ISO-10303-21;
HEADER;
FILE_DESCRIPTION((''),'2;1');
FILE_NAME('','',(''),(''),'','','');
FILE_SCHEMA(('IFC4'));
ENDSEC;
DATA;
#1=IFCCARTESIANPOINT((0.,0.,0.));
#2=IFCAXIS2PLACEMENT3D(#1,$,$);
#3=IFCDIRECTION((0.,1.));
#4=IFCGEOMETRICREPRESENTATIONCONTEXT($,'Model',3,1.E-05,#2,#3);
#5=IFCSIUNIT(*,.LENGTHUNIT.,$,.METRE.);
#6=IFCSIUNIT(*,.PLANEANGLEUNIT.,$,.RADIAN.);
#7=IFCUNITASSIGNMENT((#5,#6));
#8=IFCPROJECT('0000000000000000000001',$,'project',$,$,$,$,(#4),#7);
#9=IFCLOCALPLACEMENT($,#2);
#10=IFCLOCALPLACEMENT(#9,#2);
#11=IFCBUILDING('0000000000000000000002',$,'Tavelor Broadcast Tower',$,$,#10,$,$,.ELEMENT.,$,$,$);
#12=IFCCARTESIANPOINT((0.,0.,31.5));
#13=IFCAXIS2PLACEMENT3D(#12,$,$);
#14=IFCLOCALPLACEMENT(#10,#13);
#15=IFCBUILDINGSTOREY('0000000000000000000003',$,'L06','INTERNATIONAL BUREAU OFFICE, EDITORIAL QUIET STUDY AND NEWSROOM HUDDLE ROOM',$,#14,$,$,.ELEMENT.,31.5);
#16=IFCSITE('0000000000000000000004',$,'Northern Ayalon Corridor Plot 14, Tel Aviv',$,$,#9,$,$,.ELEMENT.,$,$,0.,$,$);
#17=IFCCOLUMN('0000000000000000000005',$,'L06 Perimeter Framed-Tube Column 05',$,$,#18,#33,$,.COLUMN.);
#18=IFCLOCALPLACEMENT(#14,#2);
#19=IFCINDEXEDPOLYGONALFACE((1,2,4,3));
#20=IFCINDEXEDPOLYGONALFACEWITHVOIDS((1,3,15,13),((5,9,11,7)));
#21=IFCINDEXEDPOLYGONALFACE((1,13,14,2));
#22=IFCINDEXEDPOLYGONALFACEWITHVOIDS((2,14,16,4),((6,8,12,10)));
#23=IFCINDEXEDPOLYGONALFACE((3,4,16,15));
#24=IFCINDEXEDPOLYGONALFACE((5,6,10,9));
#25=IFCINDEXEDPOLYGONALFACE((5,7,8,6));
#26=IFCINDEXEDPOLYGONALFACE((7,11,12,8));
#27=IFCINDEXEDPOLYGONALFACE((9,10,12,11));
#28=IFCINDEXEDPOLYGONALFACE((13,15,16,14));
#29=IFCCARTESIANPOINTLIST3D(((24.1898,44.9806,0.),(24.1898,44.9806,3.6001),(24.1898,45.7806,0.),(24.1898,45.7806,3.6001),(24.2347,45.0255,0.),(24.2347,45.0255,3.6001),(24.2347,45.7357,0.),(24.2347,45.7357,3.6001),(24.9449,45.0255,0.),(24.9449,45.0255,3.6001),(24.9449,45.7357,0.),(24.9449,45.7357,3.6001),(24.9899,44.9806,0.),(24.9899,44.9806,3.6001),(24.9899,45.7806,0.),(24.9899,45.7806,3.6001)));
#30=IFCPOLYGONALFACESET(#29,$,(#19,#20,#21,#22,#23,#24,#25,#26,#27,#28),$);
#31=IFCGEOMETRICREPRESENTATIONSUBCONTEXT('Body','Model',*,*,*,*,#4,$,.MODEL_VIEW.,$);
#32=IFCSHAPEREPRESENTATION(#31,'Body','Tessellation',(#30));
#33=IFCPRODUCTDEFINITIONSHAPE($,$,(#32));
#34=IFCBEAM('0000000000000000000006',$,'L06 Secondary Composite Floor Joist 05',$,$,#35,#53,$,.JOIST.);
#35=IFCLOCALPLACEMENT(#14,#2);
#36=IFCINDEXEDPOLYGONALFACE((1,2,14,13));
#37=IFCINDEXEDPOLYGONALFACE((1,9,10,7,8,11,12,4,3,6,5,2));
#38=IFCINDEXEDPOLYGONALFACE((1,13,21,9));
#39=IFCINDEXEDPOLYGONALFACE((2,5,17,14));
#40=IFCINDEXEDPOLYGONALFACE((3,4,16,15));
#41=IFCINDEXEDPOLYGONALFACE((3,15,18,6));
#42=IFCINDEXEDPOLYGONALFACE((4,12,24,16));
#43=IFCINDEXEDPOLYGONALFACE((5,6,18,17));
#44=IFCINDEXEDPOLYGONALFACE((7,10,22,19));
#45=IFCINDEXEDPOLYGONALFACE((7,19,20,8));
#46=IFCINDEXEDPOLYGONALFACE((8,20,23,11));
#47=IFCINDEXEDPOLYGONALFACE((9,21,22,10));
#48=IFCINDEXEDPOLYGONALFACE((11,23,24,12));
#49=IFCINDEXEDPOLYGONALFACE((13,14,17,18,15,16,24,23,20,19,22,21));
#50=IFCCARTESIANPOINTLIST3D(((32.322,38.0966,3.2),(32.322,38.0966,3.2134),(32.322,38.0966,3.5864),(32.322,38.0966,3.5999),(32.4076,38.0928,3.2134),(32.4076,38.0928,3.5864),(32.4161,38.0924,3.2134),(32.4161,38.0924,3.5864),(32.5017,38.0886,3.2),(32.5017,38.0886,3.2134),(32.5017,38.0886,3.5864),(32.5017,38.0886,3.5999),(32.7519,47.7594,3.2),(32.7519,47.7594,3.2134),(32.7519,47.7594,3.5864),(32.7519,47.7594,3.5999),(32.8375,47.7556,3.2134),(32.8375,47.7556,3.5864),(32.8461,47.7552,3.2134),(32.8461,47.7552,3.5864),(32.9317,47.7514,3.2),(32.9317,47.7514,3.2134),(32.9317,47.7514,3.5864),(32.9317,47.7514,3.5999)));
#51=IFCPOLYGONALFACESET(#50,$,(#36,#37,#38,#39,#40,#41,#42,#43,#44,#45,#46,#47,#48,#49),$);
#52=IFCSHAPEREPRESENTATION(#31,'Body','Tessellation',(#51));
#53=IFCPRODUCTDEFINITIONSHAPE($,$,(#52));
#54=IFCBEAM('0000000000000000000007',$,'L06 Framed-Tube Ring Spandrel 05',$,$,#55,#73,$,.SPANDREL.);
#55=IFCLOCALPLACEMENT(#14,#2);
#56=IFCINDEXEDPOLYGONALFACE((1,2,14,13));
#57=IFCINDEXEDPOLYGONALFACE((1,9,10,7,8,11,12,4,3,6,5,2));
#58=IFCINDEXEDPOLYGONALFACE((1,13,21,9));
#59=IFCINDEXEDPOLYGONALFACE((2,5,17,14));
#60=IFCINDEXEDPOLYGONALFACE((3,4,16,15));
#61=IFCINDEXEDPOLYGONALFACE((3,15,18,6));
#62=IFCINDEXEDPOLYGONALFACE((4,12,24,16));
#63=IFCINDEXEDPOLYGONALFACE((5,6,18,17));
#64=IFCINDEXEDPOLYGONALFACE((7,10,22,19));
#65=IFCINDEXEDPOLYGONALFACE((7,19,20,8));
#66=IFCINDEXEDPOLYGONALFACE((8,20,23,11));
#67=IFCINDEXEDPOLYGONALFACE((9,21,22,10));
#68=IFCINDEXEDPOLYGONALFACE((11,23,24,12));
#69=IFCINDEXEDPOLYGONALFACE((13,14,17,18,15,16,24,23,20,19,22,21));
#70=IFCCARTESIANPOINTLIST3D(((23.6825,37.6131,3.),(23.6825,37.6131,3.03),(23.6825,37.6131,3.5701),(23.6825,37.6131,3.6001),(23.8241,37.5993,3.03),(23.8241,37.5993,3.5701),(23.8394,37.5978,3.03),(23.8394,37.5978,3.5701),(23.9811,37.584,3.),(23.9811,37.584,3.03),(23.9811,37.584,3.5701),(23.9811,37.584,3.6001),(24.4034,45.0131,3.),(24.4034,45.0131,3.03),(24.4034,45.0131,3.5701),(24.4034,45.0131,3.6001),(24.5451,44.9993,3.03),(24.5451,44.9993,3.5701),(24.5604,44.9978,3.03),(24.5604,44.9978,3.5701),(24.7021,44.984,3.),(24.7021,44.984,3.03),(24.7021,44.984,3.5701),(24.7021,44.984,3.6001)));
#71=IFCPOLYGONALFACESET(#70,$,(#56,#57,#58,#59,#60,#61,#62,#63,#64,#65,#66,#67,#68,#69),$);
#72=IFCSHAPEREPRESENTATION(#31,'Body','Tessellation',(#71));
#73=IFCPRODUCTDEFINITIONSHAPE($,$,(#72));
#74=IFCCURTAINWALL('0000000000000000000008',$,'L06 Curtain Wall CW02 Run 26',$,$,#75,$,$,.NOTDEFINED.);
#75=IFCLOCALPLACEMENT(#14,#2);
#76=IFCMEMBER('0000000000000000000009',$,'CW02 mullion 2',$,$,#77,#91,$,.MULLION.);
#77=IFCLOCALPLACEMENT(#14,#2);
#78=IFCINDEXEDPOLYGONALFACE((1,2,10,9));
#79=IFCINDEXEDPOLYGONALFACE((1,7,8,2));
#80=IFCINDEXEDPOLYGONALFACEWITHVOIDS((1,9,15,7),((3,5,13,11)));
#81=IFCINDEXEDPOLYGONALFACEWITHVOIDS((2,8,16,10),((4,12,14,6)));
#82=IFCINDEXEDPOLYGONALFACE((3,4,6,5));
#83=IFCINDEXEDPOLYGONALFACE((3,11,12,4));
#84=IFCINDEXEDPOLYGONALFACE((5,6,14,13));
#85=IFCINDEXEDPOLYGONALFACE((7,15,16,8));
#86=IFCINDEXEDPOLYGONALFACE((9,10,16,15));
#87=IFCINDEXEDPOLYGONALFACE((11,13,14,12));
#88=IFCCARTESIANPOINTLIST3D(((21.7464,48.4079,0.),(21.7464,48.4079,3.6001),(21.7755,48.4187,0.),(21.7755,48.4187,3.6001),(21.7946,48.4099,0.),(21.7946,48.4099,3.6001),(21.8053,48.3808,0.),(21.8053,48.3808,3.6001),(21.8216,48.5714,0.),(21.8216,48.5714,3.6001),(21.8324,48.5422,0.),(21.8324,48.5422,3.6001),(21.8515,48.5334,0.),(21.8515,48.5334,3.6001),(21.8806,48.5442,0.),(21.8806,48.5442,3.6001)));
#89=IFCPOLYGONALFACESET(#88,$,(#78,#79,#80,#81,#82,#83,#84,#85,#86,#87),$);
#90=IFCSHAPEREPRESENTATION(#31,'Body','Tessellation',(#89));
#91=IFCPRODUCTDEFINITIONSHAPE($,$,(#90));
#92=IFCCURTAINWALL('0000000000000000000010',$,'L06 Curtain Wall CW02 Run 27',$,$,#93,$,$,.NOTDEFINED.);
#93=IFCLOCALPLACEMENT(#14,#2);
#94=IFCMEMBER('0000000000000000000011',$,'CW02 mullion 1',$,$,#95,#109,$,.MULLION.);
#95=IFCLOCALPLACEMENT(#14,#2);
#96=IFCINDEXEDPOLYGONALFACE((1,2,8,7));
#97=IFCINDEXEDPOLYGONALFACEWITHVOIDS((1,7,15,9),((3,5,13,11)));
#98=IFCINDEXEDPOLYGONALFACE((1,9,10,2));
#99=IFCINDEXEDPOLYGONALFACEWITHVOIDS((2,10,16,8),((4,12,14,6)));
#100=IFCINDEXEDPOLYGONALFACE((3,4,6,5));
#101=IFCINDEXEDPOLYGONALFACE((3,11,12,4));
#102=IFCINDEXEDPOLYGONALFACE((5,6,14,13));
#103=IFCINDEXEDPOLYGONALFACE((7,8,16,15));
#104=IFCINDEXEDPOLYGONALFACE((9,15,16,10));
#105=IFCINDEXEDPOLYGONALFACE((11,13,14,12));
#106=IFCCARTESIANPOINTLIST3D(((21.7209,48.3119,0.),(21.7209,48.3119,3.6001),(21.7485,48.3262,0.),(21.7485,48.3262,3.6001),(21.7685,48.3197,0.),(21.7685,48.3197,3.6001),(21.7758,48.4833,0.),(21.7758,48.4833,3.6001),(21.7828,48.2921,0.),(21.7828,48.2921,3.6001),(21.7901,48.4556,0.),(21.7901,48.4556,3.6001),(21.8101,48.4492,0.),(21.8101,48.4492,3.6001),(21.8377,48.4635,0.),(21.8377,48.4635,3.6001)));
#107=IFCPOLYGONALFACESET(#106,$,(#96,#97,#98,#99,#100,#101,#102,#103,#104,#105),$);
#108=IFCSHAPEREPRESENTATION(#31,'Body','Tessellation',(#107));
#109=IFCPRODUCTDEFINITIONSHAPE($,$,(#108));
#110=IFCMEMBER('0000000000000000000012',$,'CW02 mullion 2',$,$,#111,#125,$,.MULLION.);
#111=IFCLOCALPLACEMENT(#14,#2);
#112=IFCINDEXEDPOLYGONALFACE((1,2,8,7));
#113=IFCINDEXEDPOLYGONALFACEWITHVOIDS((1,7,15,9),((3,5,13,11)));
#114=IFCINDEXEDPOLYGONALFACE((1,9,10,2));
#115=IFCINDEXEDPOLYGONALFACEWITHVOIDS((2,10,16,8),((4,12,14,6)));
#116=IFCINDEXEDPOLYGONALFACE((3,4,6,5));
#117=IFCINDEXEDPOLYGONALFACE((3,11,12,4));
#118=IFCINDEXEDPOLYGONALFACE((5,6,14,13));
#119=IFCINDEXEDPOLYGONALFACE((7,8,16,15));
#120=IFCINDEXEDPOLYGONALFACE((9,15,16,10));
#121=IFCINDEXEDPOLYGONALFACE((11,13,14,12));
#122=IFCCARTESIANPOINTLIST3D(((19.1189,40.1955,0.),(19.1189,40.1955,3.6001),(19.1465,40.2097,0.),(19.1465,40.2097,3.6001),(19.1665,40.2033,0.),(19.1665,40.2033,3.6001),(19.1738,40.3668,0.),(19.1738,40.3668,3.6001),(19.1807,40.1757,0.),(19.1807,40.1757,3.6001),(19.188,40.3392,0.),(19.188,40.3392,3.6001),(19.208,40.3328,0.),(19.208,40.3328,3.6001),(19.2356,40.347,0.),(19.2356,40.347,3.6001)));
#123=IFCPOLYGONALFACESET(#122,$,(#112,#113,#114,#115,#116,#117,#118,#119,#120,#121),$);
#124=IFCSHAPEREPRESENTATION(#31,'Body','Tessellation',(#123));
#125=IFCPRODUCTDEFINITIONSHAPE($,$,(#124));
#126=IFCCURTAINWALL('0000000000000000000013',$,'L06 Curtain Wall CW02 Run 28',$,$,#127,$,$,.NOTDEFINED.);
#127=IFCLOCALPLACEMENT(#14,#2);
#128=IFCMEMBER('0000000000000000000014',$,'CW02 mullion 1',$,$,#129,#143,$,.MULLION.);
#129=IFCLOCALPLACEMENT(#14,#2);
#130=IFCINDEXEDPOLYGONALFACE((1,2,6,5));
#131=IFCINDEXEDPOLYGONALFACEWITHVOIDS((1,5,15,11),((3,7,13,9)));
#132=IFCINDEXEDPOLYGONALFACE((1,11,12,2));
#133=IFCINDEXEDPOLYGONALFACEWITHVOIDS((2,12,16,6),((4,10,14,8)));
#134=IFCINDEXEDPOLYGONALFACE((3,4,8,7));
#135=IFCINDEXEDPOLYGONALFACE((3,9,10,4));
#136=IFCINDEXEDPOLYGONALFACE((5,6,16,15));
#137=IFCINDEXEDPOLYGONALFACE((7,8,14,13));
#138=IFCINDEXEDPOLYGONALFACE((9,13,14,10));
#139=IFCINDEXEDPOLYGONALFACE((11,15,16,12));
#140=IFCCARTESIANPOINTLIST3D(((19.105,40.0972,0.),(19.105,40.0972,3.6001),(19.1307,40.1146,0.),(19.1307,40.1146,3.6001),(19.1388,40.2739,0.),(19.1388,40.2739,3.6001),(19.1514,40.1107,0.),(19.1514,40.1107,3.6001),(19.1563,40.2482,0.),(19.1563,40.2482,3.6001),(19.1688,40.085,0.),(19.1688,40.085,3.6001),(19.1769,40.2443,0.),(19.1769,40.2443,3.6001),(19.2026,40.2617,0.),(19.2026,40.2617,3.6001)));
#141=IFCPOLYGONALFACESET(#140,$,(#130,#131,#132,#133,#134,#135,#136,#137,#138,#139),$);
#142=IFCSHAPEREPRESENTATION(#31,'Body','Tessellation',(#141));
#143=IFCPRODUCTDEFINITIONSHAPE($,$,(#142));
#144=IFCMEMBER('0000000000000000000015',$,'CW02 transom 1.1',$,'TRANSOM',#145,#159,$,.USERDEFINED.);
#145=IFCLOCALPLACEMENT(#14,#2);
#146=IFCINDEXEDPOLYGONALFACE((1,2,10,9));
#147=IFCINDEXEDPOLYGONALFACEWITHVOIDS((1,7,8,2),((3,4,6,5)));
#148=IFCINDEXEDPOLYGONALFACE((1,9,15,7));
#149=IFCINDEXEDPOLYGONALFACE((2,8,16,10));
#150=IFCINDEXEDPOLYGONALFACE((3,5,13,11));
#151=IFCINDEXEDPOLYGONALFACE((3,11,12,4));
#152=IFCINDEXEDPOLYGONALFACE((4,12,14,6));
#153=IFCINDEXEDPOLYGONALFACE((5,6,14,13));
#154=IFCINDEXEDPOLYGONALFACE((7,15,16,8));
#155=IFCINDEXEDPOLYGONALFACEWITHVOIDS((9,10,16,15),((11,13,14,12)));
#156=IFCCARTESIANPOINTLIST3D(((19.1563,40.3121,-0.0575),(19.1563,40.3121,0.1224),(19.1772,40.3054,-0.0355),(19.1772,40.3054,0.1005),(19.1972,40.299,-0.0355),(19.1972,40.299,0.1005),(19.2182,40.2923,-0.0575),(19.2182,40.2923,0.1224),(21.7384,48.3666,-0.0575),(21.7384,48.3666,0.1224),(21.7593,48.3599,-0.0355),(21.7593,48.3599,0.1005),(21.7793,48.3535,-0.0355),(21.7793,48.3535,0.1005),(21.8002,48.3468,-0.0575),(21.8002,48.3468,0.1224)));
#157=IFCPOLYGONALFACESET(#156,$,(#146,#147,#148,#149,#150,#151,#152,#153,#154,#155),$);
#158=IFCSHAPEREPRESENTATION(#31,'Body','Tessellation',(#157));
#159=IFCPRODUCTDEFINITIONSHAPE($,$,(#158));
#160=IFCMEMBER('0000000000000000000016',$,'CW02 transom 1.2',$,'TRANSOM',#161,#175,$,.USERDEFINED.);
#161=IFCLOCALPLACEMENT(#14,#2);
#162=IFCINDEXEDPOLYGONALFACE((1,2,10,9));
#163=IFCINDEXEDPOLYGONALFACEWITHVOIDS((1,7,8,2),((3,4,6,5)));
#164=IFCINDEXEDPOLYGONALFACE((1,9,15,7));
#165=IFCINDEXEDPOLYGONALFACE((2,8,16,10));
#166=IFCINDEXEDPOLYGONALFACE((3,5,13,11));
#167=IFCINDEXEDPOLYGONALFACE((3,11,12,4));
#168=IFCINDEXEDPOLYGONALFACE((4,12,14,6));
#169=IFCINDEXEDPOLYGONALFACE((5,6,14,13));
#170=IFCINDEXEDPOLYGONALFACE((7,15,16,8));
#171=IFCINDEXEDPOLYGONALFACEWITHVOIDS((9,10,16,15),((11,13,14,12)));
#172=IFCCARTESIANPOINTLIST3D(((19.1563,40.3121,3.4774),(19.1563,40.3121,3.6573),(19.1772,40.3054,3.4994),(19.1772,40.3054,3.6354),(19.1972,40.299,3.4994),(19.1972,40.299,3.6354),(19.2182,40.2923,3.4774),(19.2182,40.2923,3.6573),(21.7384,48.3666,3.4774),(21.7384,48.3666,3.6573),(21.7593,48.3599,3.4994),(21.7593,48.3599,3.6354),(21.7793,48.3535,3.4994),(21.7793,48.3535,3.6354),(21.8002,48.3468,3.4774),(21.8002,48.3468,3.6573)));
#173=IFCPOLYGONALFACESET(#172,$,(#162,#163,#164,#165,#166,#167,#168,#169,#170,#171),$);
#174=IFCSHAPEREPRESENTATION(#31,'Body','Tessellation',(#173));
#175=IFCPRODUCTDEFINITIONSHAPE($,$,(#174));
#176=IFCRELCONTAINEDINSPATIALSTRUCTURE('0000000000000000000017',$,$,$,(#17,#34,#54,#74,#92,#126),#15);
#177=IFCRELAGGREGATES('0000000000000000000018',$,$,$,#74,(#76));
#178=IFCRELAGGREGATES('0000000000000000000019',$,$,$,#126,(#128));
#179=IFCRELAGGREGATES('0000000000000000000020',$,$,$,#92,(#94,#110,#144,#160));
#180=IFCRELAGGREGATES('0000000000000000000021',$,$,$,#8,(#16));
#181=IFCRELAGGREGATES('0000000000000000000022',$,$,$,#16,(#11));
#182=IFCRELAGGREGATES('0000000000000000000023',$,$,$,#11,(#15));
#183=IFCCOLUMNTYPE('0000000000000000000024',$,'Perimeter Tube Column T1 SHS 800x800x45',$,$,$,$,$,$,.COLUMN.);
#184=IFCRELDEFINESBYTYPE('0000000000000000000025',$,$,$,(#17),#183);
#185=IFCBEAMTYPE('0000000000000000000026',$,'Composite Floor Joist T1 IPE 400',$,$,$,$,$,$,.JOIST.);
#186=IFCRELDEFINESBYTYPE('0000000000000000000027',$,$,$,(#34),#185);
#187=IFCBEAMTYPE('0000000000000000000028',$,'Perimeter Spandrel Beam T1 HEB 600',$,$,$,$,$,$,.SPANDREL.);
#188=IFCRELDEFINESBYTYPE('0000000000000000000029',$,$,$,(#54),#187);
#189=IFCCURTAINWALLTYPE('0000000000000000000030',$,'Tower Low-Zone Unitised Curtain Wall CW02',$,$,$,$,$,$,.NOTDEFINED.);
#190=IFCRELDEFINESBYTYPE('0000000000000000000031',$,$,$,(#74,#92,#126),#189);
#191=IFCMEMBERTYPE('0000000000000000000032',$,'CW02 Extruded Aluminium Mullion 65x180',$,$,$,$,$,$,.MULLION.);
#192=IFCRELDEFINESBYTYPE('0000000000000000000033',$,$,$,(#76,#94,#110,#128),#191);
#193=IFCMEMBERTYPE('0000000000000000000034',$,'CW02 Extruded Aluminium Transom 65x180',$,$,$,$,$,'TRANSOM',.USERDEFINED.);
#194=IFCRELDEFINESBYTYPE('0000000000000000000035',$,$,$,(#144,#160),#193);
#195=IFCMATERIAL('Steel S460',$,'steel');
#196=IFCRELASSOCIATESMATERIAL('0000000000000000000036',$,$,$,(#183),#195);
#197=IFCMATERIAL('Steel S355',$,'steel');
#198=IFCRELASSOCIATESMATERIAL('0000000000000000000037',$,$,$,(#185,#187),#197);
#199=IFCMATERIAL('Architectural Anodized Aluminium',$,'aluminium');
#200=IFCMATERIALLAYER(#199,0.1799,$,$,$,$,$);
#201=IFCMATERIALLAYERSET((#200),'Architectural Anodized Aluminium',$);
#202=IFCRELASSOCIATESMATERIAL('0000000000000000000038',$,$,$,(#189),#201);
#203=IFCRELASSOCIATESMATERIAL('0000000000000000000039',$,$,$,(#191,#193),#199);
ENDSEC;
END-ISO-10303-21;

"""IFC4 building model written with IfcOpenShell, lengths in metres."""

from ifc_helpers import new_model, si_unit, direction, frame, origin, origin_2d, place, context, subcontext, project, spatial, hollow_rectangle, i_section, extrude, source, transform, mapped, material, layer, layer_set, material_profile, profile_set, type_object, type_shapes, element, aggregate, save


model = new_model("IFC4")

# Units and contexts
model_context = context("Model", 3, precision=1e-05, world=origin(), true_north=direction((0.0, 1.0)))
body_context = subcontext(model_context, "Body", "Model", "MODEL_VIEW")
ifc_project = project(units=[si_unit("LENGTHUNIT", "METRE"), si_unit("PLANEANGLEUNIT", "RADIAN")], contexts=[model_context])

# Site, building, storey
site_placement = place(None, origin())
site = spatial("IfcSite", under=ifc_project, at=site_placement, Name="Northern Ayalon Corridor Plot 14, Tel Aviv", CompositionType="ELEMENT", RefElevation=0.0)
building_placement = place(site_placement, origin())
building = spatial("IfcBuilding", under=site, at=building_placement, Name="Tavelor Broadcast Tower", CompositionType="ELEMENT")
storey_placement = place(building_placement, frame((0.0, 0.0, 31.5)))
storey = spatial("IfcBuildingStorey", under=building, at=storey_placement, Name="L06", Description="INTERNATIONAL BUREAU OFFICE, EDITORIAL QUIET STUDY AND NEWSROOM HUDDLE ROOM", CompositionType="ELEMENT", Elevation=31.5)

# Column
ifc_material_1 = material(Name="Steel S460", Category="steel")
ifc_material_profile_1 = material_profile(ifc_material_1, hollow_rectangle(XDim=0.8, YDim=0.8, WallThickness=0.0449, at=origin_2d()), Name="SHS 800x800x45")
ifc_profile_set_1 = profile_set([ifc_material_profile_1], Name="Steel S460")
column_type = type_object("IfcColumnType", Name="Perimeter Tube Column T1 SHS 800x800x45", PredefinedType="COLUMN", material=ifc_profile_set_1)
column_placement = place(storey_placement, frame((24.5898, 45.3806, 0.0), z_axis=(0.0, 0.0, 1.0), x_axis=(1.0, 0.0, 0.0)))
element("IfcColumn", 1, at=column_placement, inside=storey, type_object=column_type, Name="L06 Perimeter Framed-Tube Column 05", PredefinedType="COLUMN", context=body_context, shape_type="SweptSolid", body=[
    extrude(hollow_rectangle(XDim=0.8, YDim=0.8, WallThickness=0.0449, at=origin_2d()), origin(), (0.0, 0.0, 1.0), 3.6001),
])

# Beams
ifc_material_2 = material(Name="Steel S355", Category="steel")
ifc_material_profile_2 = material_profile(ifc_material_2, i_section(OverallWidth=0.1799, OverallDepth=0.3999, WebThickness=0.0085, FlangeThickness=0.0134, at=origin_2d()), Name="IPE 400")
ifc_profile_set_2 = profile_set([ifc_material_profile_2], Name="Steel S355")
beam_type_1 = type_object("IfcBeamType", Name="Composite Floor Joist T1 IPE 400", PredefinedType="JOIST", material=ifc_profile_set_2)
beam_1_placement = place(storey_placement, frame((32.8418, 47.7554, 3.3999), z_axis=(-0.044449, -0.999012, 0.0), x_axis=(0.999012, -0.044449, 0.0)))
element("IfcBeam", 2, at=beam_1_placement, inside=storey, type_object=beam_type_1, Name="L06 Secondary Composite Floor Joist 05", PredefinedType="JOIST", context=body_context, shape_type="SweptSolid", body=[
    extrude(i_section(OverallWidth=0.1799, OverallDepth=0.3999, WebThickness=0.0085, FlangeThickness=0.0134, at=origin_2d()), origin(), (0.0, 0.0, 1.0), 9.6724),
])
ifc_material_profile_3 = material_profile(ifc_material_2, i_section(OverallWidth=0.3, OverallDepth=0.6001, WebThickness=0.0154, FlangeThickness=0.03, at=origin_2d()), Name="HEB 600")
ifc_profile_set_3 = profile_set([ifc_material_profile_3], Name="Steel S355")
beam_type_2 = type_object("IfcBeamType", Name="Perimeter Spandrel Beam T1 HEB 600", PredefinedType="SPANDREL", material=ifc_profile_set_3)
beam_2_placement = place(storey_placement, frame((24.5527, 44.9985, 3.3), z_axis=(-0.096967, -0.995288, 0.0), x_axis=(0.995288, -0.096967, 0.0)))
element("IfcBeam", 3, at=beam_2_placement, inside=storey, type_object=beam_type_2, Name="L06 Framed-Tube Ring Spandrel 05", PredefinedType="SPANDREL", context=body_context, shape_type="SweptSolid", body=[
    extrude(i_section(OverallWidth=0.3, OverallDepth=0.6001, WebThickness=0.0154, FlangeThickness=0.03, at=origin_2d()), origin(), (0.0, 0.0, 1.0), 7.4351),
])

# Curtain wall, member
ifc_material_3 = material(Name="Architectural Anodized Aluminium", Category="aluminium")
ifc_layer_1 = layer(ifc_material_3, 0.1799)
ifc_layer_set_1 = layer_set([ifc_layer_1], Name="Architectural Anodized Aluminium")
curtain_wall_type = type_object("IfcCurtainWallType", Name="Tower Low-Zone Unitised Curtain Wall CW02", PredefinedType="NOTDEFINED", material=ifc_layer_set_1)
curtain_wall_1_placement = place(storey_placement, origin())
curtain_wall_1 = element("IfcCurtainWall", 4, at=curtain_wall_1_placement, inside=storey, type_object=curtain_wall_type, Name="L06 Curtain Wall CW02 Run 26", PredefinedType="NOTDEFINED")
ifc_material_profile_4 = material_profile(ifc_material_3, hollow_rectangle(XDim=0.0649, YDim=0.1799, WallThickness=0.022, at=origin_2d()), Name="RHS 65x180x22")
ifc_profile_set_4 = profile_set([ifc_material_profile_4], Name="Architectural Anodized Aluminium")
member_type_1 = type_object("IfcMemberType", Name="CW02 Extruded Aluminium Mullion 65x180", PredefinedType="MULLION", material=ifc_profile_set_4)
shared_shape_1 = source(origin(), body_context, "Body", "SweptSolid", [
    extrude(hollow_rectangle(XDim=0.0649, YDim=0.1799, WallThickness=0.022, at=origin_2d()), origin(), (0.0, 0.0, 1.0), 3.6001),
])
type_shapes(member_type_1, [shared_shape_1])
member_1_placement = place(storey_placement, frame((21.8135, 48.4761, 0.0), z_axis=(0.0, 0.0, 1.0), x_axis=(0.908332, -0.41825, 0.0)))
member_1 = element("IfcMember", 5, at=member_1_placement, type_object=member_type_1, Name="CW02 mullion 2", PredefinedType="MULLION", context=body_context, shape_type="MappedRepresentation", body=[
    mapped(shared_shape_1, transform((0.0, 0.0, 0.0), scale=1.0)),
])
aggregate(curtain_wall_1, [member_1])

# Curtain wall, members
curtain_wall_2_placement = place(storey_placement, origin())
curtain_wall_2 = element("IfcCurtainWall", 6, at=curtain_wall_2_placement, inside=storey, type_object=curtain_wall_type, Name="L06 Curtain Wall CW02 Run 27", PredefinedType="NOTDEFINED")
member_2_placement = place(storey_placement, frame((21.7793, 48.3877, 0.0), z_axis=(0.0, 0.0, 1.0), x_axis=(0.952266, -0.30527, 0.0)))
member_2 = element("IfcMember", 7, at=member_2_placement, type_object=member_type_1, Name="CW02 mullion 1", PredefinedType="MULLION", context=body_context, shape_type="MappedRepresentation", body=[
    mapped(shared_shape_1, transform((0.0, 0.0, 0.0), scale=1.0)),
])
member_3_placement = place(storey_placement, frame((19.1772, 40.2712, 0.0), z_axis=(0.0, 0.0, 1.0), x_axis=(0.952266, -0.30527, 0.0)))
member_3 = element("IfcMember", 8, at=member_3_placement, type_object=member_type_1, Name="CW02 mullion 2", PredefinedType="MULLION", context=body_context, shape_type="MappedRepresentation", body=[
    mapped(shared_shape_1, transform((0.0, 0.0, 0.0), scale=1.0)),
])

# Curtain wall, member
curtain_wall_3_placement = place(storey_placement, origin())
curtain_wall_3 = element("IfcCurtainWall", 9, at=curtain_wall_3_placement, inside=storey, type_object=curtain_wall_type, Name="L06 Curtain Wall CW02 Run 28", PredefinedType="NOTDEFINED")
member_4_placement = place(storey_placement, frame((19.1538, 40.1794, 0.0), z_axis=(0.0, 0.0, 1.0), x_axis=(0.982211, -0.187781, 0.0)))
member_4 = element("IfcMember", 10, at=member_4_placement, type_object=member_type_1, Name="CW02 mullion 1", PredefinedType="MULLION", context=body_context, shape_type="MappedRepresentation", body=[
    mapped(shared_shape_1, transform((0.0, 0.0, 0.0), scale=1.0)),
])
aggregate(curtain_wall_3, [member_4])

# Members
ifc_material_profile_5 = material_profile(ifc_material_3, hollow_rectangle(XDim=0.0649, YDim=0.1799, WallThickness=0.022, at=origin_2d()), Name="RHS 65x180x22")
ifc_profile_set_5 = profile_set([ifc_material_profile_5], Name="Architectural Anodized Aluminium")
member_type_2 = type_object("IfcMemberType", Name="CW02 Extruded Aluminium Transom 65x180", ElementType="TRANSOM", PredefinedType="USERDEFINED", material=ifc_profile_set_5)
shared_shape_2 = source(origin(), body_context, "Body", "SweptSolid", [
    extrude(hollow_rectangle(XDim=0.0649, YDim=0.1799, WallThickness=0.022, at=origin_2d()), origin(), (0.0, 0.0, 1.0), 8.4583),
])
type_shapes(member_type_2, [shared_shape_2])
member_5_placement = place(storey_placement, frame((21.7693, 48.3567, 0.0325), z_axis=(-0.30527, -0.952266, 0.0), x_axis=(0.952266, -0.30527, 0.0)))
member_5 = element("IfcMember", 11, at=member_5_placement, type_object=member_type_2, Name="CW02 transom 1.1", ObjectType="TRANSOM", PredefinedType="USERDEFINED", context=body_context, shape_type="MappedRepresentation", body=[
    mapped(shared_shape_2, transform((0.0, 0.0, 0.0), scale=1.0)),
])
member_6_placement = place(storey_placement, frame((21.7693, 48.3567, 3.5674), z_axis=(-0.30527, -0.952266, 0.0), x_axis=(0.952266, -0.30527, 0.0)))
member_6 = element("IfcMember", 12, at=member_6_placement, type_object=member_type_2, Name="CW02 transom 1.2", ObjectType="TRANSOM", PredefinedType="USERDEFINED", context=body_context, shape_type="MappedRepresentation", body=[
    mapped(shared_shape_2, transform((0.0, 0.0, 0.0), scale=1.0)),
])

aggregate(curtain_wall_2, [member_2, member_3, member_5, member_6])

save(model, "model.ifc")
